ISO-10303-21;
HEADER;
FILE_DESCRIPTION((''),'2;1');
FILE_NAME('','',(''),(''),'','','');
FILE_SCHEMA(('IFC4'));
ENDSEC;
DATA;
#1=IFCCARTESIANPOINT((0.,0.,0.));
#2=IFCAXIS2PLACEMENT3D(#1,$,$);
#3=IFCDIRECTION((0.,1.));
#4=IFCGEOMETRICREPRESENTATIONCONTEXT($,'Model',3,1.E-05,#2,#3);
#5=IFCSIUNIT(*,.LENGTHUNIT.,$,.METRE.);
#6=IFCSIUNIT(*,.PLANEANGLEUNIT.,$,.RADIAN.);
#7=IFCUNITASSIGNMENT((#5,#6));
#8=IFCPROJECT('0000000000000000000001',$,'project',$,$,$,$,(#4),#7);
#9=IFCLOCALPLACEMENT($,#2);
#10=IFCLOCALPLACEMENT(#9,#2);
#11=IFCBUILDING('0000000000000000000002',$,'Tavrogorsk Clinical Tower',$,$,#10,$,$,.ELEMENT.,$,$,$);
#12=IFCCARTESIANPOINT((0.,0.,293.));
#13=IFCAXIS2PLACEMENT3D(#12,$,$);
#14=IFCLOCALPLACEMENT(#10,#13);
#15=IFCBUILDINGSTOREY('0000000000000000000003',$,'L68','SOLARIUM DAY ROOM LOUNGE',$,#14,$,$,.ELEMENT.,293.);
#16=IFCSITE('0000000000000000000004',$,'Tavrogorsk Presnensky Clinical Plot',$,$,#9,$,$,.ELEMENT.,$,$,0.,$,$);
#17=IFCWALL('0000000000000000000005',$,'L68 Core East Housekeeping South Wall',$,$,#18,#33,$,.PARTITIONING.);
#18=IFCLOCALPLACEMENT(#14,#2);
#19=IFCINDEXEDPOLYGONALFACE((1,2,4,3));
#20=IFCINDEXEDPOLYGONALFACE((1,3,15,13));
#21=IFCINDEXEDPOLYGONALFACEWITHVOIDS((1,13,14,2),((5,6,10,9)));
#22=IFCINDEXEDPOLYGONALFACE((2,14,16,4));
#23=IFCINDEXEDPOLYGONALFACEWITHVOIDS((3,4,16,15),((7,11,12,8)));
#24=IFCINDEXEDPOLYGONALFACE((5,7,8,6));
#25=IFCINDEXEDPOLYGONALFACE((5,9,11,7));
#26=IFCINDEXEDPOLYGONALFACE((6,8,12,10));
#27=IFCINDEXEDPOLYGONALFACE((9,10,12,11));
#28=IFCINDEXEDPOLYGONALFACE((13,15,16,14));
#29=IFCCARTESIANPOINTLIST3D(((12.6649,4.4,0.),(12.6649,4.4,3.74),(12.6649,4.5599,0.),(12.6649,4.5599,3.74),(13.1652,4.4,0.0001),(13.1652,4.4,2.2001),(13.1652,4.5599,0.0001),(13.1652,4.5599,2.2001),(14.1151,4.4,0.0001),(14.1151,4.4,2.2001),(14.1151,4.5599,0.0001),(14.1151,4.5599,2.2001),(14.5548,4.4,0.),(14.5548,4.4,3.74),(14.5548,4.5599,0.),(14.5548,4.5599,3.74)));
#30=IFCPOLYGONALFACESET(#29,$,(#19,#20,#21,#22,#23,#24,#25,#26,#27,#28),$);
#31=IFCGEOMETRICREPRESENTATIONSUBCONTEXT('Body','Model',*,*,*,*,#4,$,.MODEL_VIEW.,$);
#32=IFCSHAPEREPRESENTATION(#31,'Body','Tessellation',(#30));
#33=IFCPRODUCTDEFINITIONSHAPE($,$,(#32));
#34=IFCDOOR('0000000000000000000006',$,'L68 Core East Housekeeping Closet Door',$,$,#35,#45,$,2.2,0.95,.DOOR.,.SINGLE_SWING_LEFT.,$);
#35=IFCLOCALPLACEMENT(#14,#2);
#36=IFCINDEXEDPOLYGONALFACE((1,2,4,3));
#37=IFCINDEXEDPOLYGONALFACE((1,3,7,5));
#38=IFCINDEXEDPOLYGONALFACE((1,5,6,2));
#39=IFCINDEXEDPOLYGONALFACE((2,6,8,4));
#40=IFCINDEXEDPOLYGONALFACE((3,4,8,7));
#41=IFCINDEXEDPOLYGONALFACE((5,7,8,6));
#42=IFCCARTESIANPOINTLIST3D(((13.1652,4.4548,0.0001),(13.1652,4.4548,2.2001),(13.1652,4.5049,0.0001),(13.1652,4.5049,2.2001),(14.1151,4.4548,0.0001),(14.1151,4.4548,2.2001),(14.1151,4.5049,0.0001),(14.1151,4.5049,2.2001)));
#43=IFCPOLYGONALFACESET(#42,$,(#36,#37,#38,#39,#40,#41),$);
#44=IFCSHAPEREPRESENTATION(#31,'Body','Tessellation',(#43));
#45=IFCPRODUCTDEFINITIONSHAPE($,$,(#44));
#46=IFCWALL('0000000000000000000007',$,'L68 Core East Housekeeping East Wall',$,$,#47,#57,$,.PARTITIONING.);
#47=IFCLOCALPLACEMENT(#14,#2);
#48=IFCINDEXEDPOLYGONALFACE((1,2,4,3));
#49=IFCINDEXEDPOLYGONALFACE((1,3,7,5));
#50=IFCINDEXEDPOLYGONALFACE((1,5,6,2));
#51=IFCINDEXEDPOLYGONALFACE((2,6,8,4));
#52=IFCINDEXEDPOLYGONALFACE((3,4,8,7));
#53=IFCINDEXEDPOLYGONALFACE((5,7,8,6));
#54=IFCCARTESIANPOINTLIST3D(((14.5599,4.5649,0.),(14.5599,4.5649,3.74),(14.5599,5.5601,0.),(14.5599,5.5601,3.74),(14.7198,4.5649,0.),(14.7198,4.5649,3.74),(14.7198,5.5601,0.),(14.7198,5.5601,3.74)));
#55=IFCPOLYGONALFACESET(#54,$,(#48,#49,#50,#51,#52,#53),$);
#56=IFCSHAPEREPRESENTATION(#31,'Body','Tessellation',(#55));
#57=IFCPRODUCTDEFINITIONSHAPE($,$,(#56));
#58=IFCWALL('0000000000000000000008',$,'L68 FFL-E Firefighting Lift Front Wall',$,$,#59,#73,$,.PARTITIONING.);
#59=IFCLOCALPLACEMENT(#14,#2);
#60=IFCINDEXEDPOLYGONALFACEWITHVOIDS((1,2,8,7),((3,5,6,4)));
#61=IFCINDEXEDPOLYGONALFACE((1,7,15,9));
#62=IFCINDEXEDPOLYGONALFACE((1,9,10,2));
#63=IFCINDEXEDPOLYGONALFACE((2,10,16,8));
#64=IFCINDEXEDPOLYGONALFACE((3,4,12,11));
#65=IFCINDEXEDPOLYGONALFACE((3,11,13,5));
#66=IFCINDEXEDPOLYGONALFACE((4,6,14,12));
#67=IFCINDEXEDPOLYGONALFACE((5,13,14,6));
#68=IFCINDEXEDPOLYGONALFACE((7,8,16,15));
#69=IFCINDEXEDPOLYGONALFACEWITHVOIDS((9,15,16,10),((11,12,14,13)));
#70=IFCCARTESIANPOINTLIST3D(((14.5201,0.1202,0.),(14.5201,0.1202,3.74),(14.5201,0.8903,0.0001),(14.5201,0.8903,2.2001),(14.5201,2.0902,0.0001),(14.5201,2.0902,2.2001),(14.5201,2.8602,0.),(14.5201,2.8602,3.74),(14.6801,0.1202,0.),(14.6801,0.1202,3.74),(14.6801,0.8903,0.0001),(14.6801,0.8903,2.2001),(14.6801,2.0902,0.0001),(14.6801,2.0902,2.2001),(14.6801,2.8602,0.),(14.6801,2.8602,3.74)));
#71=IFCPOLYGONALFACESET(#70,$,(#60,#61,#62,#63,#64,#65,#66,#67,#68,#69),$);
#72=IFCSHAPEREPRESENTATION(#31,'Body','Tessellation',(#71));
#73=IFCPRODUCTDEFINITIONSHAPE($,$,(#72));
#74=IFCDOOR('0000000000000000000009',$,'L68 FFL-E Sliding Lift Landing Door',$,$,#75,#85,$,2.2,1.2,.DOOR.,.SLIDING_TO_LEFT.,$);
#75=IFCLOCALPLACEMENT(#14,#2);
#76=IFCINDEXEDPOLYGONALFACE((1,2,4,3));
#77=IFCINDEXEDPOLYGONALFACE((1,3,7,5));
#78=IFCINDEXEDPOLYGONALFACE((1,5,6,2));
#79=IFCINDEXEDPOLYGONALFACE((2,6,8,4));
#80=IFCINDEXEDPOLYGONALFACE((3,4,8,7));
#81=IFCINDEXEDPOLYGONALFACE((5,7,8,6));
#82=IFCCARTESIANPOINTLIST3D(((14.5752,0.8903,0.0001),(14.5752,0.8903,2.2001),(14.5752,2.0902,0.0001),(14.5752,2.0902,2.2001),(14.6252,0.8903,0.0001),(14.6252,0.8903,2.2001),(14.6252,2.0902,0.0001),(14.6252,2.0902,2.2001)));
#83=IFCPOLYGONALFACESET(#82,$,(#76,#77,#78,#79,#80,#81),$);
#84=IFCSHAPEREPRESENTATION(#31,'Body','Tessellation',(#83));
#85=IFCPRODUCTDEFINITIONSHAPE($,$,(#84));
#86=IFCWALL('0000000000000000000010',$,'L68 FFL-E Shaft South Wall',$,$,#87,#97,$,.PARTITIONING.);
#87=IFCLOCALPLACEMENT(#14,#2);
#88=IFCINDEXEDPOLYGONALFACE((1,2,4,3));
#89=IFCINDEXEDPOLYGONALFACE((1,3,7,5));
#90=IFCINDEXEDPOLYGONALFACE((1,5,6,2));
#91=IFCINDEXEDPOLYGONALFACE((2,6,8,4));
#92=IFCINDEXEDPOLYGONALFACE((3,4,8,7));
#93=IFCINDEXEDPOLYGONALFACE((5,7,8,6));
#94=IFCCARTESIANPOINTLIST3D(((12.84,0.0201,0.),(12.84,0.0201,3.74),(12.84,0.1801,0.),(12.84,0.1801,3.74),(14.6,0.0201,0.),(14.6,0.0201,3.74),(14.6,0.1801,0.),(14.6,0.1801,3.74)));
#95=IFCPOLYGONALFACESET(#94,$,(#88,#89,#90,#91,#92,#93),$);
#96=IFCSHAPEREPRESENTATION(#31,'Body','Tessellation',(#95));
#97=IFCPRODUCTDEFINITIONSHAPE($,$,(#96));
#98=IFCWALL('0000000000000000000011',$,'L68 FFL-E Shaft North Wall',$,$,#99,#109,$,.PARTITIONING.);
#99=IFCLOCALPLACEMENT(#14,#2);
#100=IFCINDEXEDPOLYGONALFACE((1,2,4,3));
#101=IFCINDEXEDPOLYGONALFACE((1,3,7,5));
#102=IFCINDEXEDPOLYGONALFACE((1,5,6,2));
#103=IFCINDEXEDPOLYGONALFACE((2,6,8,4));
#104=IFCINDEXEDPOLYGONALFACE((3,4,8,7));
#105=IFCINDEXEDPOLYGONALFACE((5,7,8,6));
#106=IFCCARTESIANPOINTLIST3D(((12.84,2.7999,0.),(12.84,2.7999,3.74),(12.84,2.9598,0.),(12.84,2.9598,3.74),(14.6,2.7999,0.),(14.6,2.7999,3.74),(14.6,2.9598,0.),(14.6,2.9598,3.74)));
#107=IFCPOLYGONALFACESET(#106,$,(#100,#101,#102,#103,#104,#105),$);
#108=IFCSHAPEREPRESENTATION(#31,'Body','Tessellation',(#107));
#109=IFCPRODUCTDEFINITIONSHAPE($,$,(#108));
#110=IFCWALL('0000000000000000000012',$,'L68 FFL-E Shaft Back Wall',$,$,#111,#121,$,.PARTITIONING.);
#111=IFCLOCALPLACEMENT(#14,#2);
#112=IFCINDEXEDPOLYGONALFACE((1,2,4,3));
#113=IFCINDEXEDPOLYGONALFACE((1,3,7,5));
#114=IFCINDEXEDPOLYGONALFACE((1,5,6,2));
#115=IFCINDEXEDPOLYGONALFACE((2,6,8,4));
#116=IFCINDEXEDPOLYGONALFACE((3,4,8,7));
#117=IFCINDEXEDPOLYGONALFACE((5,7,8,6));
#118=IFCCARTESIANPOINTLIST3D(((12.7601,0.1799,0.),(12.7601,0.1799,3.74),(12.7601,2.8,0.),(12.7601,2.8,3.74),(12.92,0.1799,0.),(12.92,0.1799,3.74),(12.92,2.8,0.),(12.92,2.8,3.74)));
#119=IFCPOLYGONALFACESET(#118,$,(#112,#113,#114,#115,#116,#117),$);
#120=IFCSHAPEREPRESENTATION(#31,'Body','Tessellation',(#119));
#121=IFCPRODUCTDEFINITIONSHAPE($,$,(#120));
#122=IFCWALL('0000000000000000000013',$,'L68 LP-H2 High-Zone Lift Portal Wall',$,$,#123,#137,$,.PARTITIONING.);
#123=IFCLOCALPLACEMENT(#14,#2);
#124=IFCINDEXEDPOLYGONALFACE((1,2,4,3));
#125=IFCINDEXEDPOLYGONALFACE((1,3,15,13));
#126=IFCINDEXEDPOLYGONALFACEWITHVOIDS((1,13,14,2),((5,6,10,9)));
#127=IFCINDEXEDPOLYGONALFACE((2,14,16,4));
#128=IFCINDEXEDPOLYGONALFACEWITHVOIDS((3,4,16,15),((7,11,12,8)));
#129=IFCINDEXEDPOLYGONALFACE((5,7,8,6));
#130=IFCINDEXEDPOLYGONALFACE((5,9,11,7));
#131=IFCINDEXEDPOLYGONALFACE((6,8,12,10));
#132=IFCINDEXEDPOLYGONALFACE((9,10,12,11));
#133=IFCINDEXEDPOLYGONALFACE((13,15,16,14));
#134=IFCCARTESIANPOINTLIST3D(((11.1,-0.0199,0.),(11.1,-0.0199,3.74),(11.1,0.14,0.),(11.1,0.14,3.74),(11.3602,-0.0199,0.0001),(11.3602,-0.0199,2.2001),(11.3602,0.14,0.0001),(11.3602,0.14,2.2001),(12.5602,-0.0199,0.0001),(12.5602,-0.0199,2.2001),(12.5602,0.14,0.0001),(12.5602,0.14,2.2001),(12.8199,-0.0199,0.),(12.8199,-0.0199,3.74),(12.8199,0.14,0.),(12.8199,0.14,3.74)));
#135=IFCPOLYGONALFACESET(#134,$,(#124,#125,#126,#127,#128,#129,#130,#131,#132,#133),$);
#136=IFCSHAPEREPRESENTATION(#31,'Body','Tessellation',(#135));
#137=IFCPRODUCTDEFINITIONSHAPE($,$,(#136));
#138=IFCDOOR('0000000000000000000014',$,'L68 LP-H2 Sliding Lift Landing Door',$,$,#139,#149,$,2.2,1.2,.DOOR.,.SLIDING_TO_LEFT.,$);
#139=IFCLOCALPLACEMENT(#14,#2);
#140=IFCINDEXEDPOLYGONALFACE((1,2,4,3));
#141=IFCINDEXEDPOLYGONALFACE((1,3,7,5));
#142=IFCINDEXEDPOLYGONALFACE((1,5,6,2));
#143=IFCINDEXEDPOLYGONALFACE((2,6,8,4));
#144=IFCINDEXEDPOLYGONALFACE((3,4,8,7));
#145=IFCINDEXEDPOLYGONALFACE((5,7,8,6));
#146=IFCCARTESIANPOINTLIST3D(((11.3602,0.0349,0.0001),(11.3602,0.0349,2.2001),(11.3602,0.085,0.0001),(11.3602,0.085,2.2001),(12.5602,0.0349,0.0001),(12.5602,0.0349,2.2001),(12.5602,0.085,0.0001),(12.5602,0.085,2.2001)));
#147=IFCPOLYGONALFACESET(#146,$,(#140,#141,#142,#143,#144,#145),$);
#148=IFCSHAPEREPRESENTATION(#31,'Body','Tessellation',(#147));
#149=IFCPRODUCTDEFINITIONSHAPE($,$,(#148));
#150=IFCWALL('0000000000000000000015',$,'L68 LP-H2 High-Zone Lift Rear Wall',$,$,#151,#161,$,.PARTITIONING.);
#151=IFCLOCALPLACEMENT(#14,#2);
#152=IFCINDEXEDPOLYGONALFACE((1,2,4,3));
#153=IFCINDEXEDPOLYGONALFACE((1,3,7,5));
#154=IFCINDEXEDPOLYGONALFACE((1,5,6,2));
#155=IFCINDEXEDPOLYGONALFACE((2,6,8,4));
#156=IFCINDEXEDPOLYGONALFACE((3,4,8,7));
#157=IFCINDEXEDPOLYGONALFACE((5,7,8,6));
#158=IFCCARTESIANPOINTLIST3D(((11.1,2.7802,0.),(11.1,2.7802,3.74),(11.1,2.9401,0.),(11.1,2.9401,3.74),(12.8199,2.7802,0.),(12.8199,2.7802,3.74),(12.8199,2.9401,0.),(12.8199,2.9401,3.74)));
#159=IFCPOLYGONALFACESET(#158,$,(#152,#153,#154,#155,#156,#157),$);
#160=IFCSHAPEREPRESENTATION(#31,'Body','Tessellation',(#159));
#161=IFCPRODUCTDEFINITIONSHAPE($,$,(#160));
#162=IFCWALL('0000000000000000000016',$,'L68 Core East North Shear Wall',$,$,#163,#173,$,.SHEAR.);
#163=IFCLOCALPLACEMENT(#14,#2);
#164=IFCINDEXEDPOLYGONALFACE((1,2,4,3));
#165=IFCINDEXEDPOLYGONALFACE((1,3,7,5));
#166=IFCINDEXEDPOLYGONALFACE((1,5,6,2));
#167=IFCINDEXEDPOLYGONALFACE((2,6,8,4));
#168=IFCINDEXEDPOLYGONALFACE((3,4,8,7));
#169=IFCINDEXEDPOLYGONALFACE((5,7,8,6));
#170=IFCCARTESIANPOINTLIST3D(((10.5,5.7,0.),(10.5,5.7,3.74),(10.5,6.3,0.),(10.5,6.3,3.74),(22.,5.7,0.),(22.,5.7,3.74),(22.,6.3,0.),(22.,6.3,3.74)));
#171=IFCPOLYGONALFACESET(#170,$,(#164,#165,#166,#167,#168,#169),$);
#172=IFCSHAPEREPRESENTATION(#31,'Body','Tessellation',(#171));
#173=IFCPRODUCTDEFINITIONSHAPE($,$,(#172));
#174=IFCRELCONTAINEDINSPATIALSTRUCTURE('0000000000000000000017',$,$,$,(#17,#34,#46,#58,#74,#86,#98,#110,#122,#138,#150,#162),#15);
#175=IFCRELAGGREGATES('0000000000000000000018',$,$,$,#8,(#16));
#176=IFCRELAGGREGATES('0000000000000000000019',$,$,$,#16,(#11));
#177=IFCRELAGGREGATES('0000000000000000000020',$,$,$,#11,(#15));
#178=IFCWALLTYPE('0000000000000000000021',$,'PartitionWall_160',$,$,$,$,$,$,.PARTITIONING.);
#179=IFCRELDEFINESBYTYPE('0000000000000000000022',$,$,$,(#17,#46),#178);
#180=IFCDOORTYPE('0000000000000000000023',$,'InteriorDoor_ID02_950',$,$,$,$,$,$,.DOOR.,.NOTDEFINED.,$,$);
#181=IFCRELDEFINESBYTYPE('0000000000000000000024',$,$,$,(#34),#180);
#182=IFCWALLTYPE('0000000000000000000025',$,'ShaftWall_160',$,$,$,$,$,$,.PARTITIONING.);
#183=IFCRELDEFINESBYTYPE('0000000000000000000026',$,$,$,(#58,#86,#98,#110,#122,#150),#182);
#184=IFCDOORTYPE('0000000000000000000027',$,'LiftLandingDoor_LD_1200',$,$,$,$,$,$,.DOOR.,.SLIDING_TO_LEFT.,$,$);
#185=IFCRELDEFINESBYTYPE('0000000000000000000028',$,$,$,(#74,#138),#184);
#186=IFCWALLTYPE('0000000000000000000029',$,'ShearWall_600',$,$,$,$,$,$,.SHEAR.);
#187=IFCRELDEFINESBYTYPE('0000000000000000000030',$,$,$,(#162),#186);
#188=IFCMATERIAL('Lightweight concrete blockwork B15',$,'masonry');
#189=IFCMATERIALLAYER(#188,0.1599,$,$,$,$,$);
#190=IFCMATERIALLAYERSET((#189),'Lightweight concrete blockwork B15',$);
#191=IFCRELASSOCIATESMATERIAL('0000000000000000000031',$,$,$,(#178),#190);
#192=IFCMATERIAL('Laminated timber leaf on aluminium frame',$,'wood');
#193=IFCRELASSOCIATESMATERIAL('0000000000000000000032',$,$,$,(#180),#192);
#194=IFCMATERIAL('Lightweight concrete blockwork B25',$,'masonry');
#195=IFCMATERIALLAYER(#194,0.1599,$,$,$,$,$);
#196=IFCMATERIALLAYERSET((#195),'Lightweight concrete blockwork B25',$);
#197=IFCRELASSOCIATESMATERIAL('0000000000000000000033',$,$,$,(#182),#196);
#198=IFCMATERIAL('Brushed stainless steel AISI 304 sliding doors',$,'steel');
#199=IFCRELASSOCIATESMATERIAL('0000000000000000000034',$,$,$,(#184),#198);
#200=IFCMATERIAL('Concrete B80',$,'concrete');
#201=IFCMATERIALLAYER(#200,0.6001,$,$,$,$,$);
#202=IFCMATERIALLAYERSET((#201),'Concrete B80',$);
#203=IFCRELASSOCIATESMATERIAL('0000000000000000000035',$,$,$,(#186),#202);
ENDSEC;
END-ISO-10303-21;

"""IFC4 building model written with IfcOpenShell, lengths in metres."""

from ifc_helpers import new_model, si_unit, direction, frame, frame_2d, origin, place, context, subcontext, project, spatial, rectangle, extrude, material, layer, layer_set, type_object, element, fill, save


model = new_model("IFC4")

# Units and contexts
model_context = context("Model", 3, precision=1e-05, world=origin(), true_north=direction((0.0, 1.0)))
body_context = subcontext(model_context, "Body", "Model", "MODEL_VIEW")
ifc_project = project(units=[si_unit("LENGTHUNIT", "METRE"), si_unit("PLANEANGLEUNIT", "RADIAN")], contexts=[model_context])

# Site, building, storey
site_placement = place(None, origin())
site = spatial("IfcSite", under=ifc_project, at=site_placement, Name="Tavrogorsk Presnensky Clinical Plot", CompositionType="ELEMENT", RefElevation=0.0)
building_placement = place(site_placement, origin())
building = spatial("IfcBuilding", under=site, at=building_placement, Name="Tavrogorsk Clinical Tower", CompositionType="ELEMENT")
storey_placement = place(building_placement, frame((0.0, 0.0, 293.0)))
storey = spatial("IfcBuildingStorey", under=building, at=storey_placement, Name="L68", Description="SOLARIUM DAY ROOM LOUNGE", CompositionType="ELEMENT", Elevation=293.0)

# Wall, opening, door
ifc_material_1 = material(Name="Lightweight concrete blockwork B15", Category="masonry")
ifc_layer_1 = layer(ifc_material_1, 0.1599)
ifc_layer_set_1 = layer_set([ifc_layer_1], Name="Lightweight concrete blockwork B15")
wall_type_1 = type_object("IfcWallType", Name="PartitionWall_160", PredefinedType="PARTITIONING", material=ifc_layer_set_1)
ifc_material_2 = material(Name="Laminated timber leaf on aluminium frame", Category="wood")
door_type_1 = type_object("IfcDoorType", Name="InteriorDoor_ID02_950", OperationType="NOTDEFINED", PredefinedType="DOOR", material=ifc_material_2)
wall_1_placement = place(storey_placement, frame((12.665, 4.48, 0.0), z_axis=(0.0, 0.0, 1.0), x_axis=(1.0, 0.0, 0.0)))
wall_1 = element("IfcWall", 1, at=wall_1_placement, inside=storey, type_object=wall_type_1, Name="L68 Core East Housekeeping South Wall", PredefinedType="PARTITIONING", context=body_context, shape_type="SweptSolid", body=[
    extrude(rectangle(XDim=1.8899, YDim=0.1599, at=frame_2d((0.9448, 0.0))), origin(), (0.0, 0.0, 1.0), 3.74),
])
opening_1_placement = place(wall_1_placement, frame((0.5, 0.0, 0.0)))
opening_1 = element("IfcOpeningElement", 2, at=opening_1_placement, cuts=wall_1, PredefinedType="OPENING", context=body_context, shape_type="SweptSolid", body=[
    extrude(rectangle(XDim=0.95, YDim=2.2, at=frame_2d((0.4751, 1.1001))), frame((0.0, 0.0898, 0.0), z_axis=(0.0, -1.0, 0.0), x_axis=(1.0, 0.0, 0.0)), (0.0, 0.0, 1.0), 0.1799),
])
door_1_placement = place(opening_1_placement, origin())
door_1 = element("IfcDoor", 3, at=door_1_placement, inside=storey, type_object=door_type_1, Name="L68 Core East Housekeeping Closet Door", OperationType="SINGLE_SWING_LEFT", OverallHeight=2.2, OverallWidth=0.95, PredefinedType="DOOR", context=body_context, shape_type="SweptSolid", body=[
    extrude(rectangle(XDim=0.95, YDim=2.2, at=frame_2d((0.4751, 1.1001))), frame((0.0, 0.0249, 0.0), z_axis=(0.0, -1.0, 0.0), x_axis=(1.0, 0.0, 0.0)), (0.0, 0.0, 1.0), 0.05),
])
fill(opening_1, door_1)

# Wall
wall_2_placement = place(storey_placement, frame((14.6399, 4.5649, 0.0), z_axis=(0.0, 0.0, 1.0), x_axis=(0.0, 1.0, 0.0)))
element("IfcWall", 4, at=wall_2_placement, inside=storey, type_object=wall_type_1, Name="L68 Core East Housekeeping East Wall", PredefinedType="PARTITIONING", context=body_context, shape_type="SweptSolid", body=[
    extrude(rectangle(XDim=0.9951, YDim=0.1599, at=frame_2d((0.4976, 0.0))), origin(), (0.0, 0.0, 1.0), 3.74),
])

# Wall, opening, door
ifc_material_3 = material(Name="Lightweight concrete blockwork B25", Category="masonry")
ifc_layer_2 = layer(ifc_material_3, 0.1599)
ifc_layer_set_2 = layer_set([ifc_layer_2], Name="Lightweight concrete blockwork B25")
wall_type_2 = type_object("IfcWallType", Name="ShaftWall_160", PredefinedType="PARTITIONING", material=ifc_layer_set_2)
wall_3_placement = place(storey_placement, frame((14.6001, 0.1201, 0.0), z_axis=(0.0, 0.0, 1.0), x_axis=(0.0, 1.0, 0.0)))
wall_3 = element("IfcWall", 5, at=wall_3_placement, inside=storey, type_object=wall_type_2, Name="L68 FFL-E Firefighting Lift Front Wall", PredefinedType="PARTITIONING", context=body_context, shape_type="SweptSolid", body=[
    extrude(rectangle(XDim=2.74, YDim=0.1599, at=frame_2d((1.3701, 0.0))), origin(), (0.0, 0.0, 1.0), 3.74),
])
opening_2_placement = place(wall_3_placement, frame((0.77, 0.0, 0.0)))
opening_2 = element("IfcOpeningElement", 6, at=opening_2_placement, cuts=wall_3, PredefinedType="OPENING", context=body_context, shape_type="SweptSolid", body=[
    extrude(rectangle(XDim=1.2, YDim=2.2, at=frame_2d((0.6001, 1.1001))), frame((0.0, 0.0898, 0.0), z_axis=(0.0, -1.0, 0.0), x_axis=(1.0, 0.0, 0.0)), (0.0, 0.0, 1.0), 0.1799),
])
ifc_material_4 = material(Name="Brushed stainless steel AISI 304 sliding doors", Category="steel")
door_type_2 = type_object("IfcDoorType", Name="LiftLandingDoor_LD_1200", OperationType="SLIDING_TO_LEFT", PredefinedType="DOOR", material=ifc_material_4)
door_2_placement = place(opening_2_placement, origin())
door_2 = element("IfcDoor", 7, at=door_2_placement, inside=storey, type_object=door_type_2, Name="L68 FFL-E Sliding Lift Landing Door", OperationType="SLIDING_TO_LEFT", OverallHeight=2.2, OverallWidth=1.2, PredefinedType="DOOR", context=body_context, shape_type="SweptSolid", body=[
    extrude(rectangle(XDim=1.2, YDim=2.2, at=frame_2d((0.6001, 1.1001))), frame((0.0, 0.0249, 0.0), z_axis=(0.0, -1.0, 0.0), x_axis=(1.0, 0.0, 0.0)), (0.0, 0.0, 1.0), 0.05),
])
fill(opening_2, door_2)

# Walls
for number, where, z_axis, x_axis, name in (
    (8, (12.8401, 0.1001, 0.0), (0.0, 0.0, 1.0), (1.0, 0.0, 0.0), "L68 FFL-E Shaft South Wall"),
    (9, (12.8401, 2.8799, 0.0), (0.0, 0.0, 1.0), (1.0, 0.0, 0.0), "L68 FFL-E Shaft North Wall"),
):
    element("IfcWall", number, at=place(storey_placement, frame(where, z_axis=z_axis, x_axis=x_axis)), inside=storey, type_object=wall_type_2, Name=name, PredefinedType="PARTITIONING", context=body_context, shape_type="SweptSolid", body=[
        extrude(rectangle(XDim=1.76, YDim=0.1599, at=frame_2d((0.8799, 0.0))), origin(), (0.0, 0.0, 1.0), 3.74),
    ])
wall_4_placement = place(storey_placement, frame((12.8401, 0.1799, 0.0), z_axis=(0.0, 0.0, 1.0), x_axis=(0.0, 1.0, 0.0)))
element("IfcWall", 10, at=wall_4_placement, inside=storey, type_object=wall_type_2, Name="L68 FFL-E Shaft Back Wall", PredefinedType="PARTITIONING", context=body_context, shape_type="SweptSolid", body=[
    extrude(rectangle(XDim=2.6201, YDim=0.1599, at=frame_2d((1.3101, 0.0))), origin(), (0.0, 0.0, 1.0), 3.74),
])

# Wall, opening, door
wall_5_placement = place(storey_placement, frame((11.1001, 0.0601, 0.0), z_axis=(0.0, 0.0, 1.0), x_axis=(1.0, 0.0, 0.0)))
wall_5 = element("IfcWall", 11, at=wall_5_placement, inside=storey, type_object=wall_type_2, Name="L68 LP-H2 High-Zone Lift Portal Wall", PredefinedType="PARTITIONING", context=body_context, shape_type="SweptSolid", body=[
    extrude(rectangle(XDim=1.72, YDim=0.1599, at=frame_2d((0.8599, 0.0))), origin(), (0.0, 0.0, 1.0), 3.74),
])
opening_3_placement = place(wall_5_placement, frame((0.26, 0.0, 0.0)))
opening_3 = element("IfcOpeningElement", 12, at=opening_3_placement, cuts=wall_5, PredefinedType="OPENING", context=body_context, shape_type="SweptSolid", body=[
    extrude(rectangle(XDim=1.2, YDim=2.2, at=frame_2d((0.6001, 1.1001))), frame((0.0, 0.0898, 0.0), z_axis=(0.0, -1.0, 0.0), x_axis=(1.0, 0.0, 0.0)), (0.0, 0.0, 1.0), 0.1799),
])
door_3_placement = place(opening_3_placement, origin())
door_3 = element("IfcDoor", 13, at=door_3_placement, inside=storey, type_object=door_type_2, Name="L68 LP-H2 Sliding Lift Landing Door", OperationType="SLIDING_TO_LEFT", OverallHeight=2.2, OverallWidth=1.2, PredefinedType="DOOR", context=body_context, shape_type="SweptSolid", body=[
    extrude(rectangle(XDim=1.2, YDim=2.2, at=frame_2d((0.6001, 1.1001))), frame((0.0, 0.0249, 0.0), z_axis=(0.0, -1.0, 0.0), x_axis=(1.0, 0.0, 0.0)), (0.0, 0.0, 1.0), 0.05),
])
fill(opening_3, door_3)

# Walls
wall_6_placement = place(storey_placement, frame((11.1001, 2.8601, 0.0), z_axis=(0.0, 0.0, 1.0), x_axis=(1.0, 0.0, 0.0)))
element("IfcWall", 14, at=wall_6_placement, inside=storey, type_object=wall_type_2, Name="L68 LP-H2 High-Zone Lift Rear Wall", PredefinedType="PARTITIONING", context=body_context, shape_type="SweptSolid", body=[
    extrude(rectangle(XDim=1.72, YDim=0.1599, at=frame_2d((0.8599, 0.0))), origin(), (0.0, 0.0, 1.0), 3.74),
])
ifc_material_5 = material(Name="Concrete B80", Category="concrete")
ifc_layer_3 = layer(ifc_material_5, 0.6001)
ifc_layer_set_3 = layer_set([ifc_layer_3], Name="Concrete B80")
wall_type_3 = type_object("IfcWallType", Name="ShearWall_600", PredefinedType="SHEAR", material=ifc_layer_set_3)
wall_7_placement = place(storey_placement, frame((10.5, 6.0, 0.0), z_axis=(0.0, 0.0, 1.0), x_axis=(1.0, 0.0, 0.0)))
element("IfcWall", 15, at=wall_7_placement, inside=storey, type_object=wall_type_3, Name="L68 Core East North Shear Wall", PredefinedType="SHEAR", context=body_context, shape_type="SweptSolid", body=[
    extrude(rectangle(XDim=11.5, YDim=0.6001, at=frame_2d((5.75, 0.0))), origin(), (0.0, 0.0, 1.0), 3.74),
])

save(model, "model.ifc")
